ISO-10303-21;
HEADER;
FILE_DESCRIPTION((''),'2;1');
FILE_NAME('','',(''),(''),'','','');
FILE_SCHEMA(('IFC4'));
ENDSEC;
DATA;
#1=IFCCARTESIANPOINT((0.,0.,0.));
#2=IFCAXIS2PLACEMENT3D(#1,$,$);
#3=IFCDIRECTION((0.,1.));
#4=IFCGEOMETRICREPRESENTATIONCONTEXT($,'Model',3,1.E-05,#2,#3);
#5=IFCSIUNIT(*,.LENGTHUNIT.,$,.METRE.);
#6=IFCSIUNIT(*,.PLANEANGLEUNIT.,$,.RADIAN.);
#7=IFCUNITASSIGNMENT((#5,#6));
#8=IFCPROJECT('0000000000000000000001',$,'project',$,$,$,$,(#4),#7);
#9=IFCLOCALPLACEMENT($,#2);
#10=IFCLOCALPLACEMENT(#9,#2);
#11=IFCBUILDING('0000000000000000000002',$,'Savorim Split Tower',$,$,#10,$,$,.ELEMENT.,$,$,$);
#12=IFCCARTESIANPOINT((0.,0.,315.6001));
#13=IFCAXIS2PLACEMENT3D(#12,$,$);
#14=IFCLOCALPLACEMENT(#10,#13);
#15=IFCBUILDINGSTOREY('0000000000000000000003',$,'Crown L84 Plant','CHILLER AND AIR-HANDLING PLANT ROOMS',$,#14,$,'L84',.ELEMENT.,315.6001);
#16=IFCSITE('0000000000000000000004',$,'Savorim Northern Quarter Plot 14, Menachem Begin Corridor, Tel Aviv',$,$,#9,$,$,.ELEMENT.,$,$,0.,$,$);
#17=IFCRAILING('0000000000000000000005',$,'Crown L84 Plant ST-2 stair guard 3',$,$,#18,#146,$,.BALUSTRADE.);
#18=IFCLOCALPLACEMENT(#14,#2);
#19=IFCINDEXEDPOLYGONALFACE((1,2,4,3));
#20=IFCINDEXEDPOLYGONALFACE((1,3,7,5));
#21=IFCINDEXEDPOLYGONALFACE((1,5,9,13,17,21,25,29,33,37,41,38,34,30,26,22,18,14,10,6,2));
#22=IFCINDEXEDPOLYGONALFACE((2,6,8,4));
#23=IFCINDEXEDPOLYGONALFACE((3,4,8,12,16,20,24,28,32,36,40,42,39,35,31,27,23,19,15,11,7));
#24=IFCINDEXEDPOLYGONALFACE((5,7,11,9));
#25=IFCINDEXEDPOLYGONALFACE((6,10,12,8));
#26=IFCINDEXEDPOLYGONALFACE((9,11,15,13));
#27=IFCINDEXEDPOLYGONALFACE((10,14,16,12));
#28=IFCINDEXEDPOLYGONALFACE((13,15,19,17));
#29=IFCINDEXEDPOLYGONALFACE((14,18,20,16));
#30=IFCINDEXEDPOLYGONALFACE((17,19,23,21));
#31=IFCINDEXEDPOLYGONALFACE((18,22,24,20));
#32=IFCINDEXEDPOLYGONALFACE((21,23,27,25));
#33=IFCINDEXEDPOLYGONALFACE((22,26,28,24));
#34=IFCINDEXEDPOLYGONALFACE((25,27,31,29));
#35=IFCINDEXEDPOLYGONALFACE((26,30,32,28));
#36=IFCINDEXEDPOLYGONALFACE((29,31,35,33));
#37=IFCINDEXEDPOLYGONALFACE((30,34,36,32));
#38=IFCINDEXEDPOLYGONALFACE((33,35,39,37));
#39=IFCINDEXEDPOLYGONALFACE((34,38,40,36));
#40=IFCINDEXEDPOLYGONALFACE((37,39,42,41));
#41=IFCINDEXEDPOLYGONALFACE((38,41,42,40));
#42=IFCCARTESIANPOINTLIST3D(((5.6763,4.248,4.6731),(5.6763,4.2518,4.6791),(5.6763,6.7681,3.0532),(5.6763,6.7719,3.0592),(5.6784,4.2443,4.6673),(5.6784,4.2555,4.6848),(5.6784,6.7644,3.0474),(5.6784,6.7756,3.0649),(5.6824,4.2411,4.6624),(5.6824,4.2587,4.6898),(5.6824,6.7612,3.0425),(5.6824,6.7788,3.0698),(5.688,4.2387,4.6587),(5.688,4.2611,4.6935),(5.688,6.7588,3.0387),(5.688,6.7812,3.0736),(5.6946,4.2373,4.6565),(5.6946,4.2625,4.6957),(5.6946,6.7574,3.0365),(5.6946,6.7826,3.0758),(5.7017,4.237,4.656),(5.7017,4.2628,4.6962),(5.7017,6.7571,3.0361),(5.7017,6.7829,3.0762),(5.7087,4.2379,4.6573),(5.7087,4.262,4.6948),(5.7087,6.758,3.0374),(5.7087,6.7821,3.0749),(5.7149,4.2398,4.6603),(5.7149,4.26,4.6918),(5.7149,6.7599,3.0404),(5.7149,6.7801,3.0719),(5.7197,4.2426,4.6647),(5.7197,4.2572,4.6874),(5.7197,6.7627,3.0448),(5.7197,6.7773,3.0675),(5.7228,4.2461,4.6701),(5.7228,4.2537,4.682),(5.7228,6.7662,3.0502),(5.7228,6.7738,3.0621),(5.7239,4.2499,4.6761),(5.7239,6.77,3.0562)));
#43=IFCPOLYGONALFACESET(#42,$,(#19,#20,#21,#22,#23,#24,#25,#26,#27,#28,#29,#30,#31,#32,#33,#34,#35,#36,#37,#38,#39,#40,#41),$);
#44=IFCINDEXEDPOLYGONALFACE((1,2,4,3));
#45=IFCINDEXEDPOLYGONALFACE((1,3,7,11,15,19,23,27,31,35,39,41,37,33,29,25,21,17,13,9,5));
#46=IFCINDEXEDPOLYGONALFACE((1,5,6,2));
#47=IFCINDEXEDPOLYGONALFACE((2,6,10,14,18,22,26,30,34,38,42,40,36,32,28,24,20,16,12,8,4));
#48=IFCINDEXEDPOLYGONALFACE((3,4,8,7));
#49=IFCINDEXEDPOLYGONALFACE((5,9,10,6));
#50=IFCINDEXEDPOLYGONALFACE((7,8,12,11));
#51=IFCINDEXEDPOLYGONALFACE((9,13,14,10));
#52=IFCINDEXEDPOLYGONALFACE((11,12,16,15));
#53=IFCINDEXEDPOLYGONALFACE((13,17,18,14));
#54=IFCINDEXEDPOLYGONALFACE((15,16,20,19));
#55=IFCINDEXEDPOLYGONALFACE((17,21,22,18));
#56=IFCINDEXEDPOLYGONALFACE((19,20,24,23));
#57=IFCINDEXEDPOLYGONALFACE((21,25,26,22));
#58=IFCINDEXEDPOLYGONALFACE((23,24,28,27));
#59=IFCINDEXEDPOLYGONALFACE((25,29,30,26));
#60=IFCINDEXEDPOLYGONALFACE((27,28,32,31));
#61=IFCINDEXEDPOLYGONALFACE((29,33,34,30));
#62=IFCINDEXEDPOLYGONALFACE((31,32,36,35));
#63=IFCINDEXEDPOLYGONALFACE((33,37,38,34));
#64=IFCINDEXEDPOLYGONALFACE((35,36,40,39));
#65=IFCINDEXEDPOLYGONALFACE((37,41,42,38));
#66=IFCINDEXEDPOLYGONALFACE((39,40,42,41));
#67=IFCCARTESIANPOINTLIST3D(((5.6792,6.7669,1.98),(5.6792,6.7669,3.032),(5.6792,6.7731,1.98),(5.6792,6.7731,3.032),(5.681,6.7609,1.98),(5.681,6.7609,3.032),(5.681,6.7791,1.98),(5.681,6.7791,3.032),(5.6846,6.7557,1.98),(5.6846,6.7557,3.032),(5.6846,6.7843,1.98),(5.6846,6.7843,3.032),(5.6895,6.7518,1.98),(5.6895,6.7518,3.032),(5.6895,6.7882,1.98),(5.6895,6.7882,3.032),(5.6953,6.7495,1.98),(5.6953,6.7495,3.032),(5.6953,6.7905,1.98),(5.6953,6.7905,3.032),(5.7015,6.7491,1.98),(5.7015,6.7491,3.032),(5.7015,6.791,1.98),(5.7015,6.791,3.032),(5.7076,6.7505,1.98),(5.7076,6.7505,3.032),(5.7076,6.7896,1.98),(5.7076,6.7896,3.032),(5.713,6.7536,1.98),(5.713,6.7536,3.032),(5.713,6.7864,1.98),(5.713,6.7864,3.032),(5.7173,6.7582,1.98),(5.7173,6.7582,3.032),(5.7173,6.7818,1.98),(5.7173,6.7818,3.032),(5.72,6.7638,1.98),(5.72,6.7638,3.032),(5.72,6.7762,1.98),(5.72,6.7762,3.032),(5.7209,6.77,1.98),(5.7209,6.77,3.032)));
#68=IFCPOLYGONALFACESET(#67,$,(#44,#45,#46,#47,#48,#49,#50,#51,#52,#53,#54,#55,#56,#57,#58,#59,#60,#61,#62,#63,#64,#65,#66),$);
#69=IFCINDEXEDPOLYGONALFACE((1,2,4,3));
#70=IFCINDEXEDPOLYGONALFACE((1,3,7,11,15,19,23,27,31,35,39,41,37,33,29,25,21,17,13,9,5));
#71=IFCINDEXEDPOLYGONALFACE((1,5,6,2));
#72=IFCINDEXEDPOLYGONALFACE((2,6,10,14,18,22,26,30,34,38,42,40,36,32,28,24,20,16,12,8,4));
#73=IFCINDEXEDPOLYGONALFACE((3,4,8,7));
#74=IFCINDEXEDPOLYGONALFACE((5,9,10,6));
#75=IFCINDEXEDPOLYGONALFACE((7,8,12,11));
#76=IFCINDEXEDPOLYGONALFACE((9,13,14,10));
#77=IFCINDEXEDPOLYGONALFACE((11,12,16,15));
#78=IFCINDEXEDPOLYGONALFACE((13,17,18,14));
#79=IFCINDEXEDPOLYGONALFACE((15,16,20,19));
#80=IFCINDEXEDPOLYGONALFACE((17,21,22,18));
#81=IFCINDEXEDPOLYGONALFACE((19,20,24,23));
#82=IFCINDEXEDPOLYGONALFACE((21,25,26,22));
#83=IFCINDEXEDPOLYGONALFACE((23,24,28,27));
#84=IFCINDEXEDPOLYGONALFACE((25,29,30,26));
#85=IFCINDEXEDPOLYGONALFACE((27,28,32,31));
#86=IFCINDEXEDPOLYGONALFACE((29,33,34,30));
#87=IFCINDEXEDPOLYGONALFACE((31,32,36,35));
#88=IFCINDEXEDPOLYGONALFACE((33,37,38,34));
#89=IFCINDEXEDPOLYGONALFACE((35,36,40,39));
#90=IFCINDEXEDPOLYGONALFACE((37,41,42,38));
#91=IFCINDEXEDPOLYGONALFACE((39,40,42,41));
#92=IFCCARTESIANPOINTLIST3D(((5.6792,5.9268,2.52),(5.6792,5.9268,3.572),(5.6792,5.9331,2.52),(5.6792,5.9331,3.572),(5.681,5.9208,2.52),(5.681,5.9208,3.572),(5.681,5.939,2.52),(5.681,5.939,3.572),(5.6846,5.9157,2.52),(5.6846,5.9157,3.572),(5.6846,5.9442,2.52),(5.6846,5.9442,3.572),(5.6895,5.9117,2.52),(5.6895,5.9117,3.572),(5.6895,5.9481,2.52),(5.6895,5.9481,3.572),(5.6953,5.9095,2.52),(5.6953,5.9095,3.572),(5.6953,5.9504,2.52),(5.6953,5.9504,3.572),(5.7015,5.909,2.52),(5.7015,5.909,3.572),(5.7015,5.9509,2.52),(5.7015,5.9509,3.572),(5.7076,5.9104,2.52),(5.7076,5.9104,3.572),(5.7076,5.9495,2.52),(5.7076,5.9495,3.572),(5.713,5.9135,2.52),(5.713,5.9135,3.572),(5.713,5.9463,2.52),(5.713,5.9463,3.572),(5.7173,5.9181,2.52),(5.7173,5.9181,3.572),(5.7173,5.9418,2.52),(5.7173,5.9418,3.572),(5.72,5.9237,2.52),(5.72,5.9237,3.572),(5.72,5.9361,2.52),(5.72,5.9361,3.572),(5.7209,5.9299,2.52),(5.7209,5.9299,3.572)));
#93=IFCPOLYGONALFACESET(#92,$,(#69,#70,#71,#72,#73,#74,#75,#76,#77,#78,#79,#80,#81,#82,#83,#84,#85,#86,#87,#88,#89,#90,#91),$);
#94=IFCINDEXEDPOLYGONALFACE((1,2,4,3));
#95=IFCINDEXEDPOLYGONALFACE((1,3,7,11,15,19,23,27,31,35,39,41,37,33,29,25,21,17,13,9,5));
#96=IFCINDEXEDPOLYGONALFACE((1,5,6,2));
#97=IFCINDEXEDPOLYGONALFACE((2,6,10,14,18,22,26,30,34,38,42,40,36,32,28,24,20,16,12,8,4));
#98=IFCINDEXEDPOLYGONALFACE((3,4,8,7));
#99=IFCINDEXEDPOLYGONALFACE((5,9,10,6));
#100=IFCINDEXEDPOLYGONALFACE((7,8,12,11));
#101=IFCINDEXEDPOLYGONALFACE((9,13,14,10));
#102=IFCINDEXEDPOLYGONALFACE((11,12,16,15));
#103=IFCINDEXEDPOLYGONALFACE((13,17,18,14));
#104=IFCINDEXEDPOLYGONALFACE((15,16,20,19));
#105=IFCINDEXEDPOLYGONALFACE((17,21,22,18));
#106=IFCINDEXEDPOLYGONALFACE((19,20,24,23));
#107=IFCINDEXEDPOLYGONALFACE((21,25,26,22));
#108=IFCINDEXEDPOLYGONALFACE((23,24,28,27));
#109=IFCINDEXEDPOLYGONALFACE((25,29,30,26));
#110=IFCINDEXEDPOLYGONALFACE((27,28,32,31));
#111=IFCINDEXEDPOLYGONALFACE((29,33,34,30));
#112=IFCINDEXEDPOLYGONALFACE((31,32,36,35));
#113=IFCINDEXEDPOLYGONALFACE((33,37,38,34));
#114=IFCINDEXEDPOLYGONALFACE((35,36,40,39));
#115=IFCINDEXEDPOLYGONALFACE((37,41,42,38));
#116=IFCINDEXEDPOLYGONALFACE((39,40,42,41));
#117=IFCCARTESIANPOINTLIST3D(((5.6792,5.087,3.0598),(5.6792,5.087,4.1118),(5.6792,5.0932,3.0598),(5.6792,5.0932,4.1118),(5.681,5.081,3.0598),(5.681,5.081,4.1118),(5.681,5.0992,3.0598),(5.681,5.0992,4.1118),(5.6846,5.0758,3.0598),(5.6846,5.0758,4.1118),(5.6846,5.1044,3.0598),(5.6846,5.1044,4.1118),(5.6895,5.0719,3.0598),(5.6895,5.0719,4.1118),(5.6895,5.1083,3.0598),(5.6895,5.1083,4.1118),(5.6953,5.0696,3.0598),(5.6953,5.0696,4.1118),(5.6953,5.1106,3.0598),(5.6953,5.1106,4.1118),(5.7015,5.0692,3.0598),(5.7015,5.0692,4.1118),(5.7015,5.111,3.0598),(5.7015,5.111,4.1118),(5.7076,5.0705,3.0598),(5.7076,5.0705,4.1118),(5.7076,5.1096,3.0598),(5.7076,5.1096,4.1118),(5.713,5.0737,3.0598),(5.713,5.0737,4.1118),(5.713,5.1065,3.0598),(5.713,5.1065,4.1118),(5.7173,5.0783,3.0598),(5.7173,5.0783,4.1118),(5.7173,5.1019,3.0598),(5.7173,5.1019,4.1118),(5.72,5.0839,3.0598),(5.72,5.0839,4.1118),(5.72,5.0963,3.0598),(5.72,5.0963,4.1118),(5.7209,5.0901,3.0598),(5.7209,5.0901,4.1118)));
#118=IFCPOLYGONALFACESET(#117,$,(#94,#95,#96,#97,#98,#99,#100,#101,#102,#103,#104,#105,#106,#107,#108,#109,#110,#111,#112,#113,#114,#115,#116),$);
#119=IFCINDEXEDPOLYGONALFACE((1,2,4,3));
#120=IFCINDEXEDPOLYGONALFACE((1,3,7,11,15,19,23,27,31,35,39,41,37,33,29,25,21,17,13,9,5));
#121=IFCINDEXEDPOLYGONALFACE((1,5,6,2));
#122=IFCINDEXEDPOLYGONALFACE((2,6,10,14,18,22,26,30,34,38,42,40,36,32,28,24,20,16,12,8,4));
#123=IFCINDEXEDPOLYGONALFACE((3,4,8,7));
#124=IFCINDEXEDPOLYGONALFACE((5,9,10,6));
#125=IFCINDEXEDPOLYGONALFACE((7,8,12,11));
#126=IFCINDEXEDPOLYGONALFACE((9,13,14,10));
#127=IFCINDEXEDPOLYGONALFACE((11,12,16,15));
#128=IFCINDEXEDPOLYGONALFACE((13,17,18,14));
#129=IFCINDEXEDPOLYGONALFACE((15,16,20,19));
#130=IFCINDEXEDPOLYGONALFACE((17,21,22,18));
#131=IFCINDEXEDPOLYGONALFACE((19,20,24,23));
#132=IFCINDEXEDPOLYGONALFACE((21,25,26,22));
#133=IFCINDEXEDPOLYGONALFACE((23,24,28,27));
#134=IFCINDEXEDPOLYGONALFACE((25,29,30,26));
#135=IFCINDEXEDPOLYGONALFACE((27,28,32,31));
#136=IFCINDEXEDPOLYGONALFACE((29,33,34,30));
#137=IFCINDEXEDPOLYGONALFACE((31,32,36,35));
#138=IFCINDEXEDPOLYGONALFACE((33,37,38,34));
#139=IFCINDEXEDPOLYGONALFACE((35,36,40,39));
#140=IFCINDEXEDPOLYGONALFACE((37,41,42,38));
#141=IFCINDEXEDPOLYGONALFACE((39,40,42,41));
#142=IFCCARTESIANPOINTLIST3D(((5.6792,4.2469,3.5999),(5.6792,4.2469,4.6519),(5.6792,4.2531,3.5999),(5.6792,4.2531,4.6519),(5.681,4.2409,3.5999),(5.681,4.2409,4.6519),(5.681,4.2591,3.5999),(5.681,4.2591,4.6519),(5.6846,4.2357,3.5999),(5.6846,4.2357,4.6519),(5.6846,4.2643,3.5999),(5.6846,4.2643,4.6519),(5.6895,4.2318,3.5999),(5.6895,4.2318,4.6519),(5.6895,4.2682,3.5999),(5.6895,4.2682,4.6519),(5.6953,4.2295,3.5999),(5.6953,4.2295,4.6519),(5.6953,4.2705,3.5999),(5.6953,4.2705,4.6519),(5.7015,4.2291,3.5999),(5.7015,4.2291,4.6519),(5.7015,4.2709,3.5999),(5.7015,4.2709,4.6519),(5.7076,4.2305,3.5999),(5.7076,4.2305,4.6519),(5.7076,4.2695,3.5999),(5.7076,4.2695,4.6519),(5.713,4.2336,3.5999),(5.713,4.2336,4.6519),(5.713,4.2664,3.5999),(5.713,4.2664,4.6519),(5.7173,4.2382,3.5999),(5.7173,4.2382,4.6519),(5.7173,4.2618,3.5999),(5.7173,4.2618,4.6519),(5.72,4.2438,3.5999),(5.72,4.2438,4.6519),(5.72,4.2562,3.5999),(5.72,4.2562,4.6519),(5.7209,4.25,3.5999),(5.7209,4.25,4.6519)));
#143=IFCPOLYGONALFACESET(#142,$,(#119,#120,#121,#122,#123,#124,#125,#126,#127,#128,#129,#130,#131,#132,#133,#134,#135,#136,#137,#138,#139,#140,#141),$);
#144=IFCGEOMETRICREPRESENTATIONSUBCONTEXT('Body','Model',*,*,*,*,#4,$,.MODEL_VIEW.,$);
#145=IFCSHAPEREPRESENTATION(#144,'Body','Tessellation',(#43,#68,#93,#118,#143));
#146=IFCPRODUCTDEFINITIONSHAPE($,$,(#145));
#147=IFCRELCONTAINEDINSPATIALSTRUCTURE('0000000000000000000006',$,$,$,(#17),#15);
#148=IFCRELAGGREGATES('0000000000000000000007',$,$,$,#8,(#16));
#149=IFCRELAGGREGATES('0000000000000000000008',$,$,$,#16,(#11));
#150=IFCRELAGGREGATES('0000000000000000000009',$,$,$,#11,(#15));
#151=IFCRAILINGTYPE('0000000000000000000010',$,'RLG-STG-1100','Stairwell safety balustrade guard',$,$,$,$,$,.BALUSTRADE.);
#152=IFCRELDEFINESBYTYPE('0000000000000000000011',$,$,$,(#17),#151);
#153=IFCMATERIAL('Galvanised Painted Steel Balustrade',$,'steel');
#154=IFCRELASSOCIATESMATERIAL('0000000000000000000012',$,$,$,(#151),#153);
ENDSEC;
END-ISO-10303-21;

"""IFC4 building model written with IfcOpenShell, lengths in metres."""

from ifc_helpers import new_model, si_unit, direction, frame, origin, origin_2d, place, context, subcontext, project, spatial, circle, extrude, material, type_object, element, save


model = new_model("IFC4")

# Units and contexts
model_context = context("Model", 3, precision=1e-05, world=origin(), true_north=direction((0.0, 1.0)))
body_context = subcontext(model_context, "Body", "Model", "MODEL_VIEW")
ifc_project = project(units=[si_unit("LENGTHUNIT", "METRE"), si_unit("PLANEANGLEUNIT", "RADIAN")], contexts=[model_context])

# Site, building, storey
site_placement = place(None, origin())
site = spatial("IfcSite", under=ifc_project, at=site_placement, Name="Savorim Northern Quarter Plot 14, Menachem Begin Corridor, Tel Aviv", CompositionType="ELEMENT", RefElevation=0.0)
building_placement = place(site_placement, origin())
building = spatial("IfcBuilding", under=site, at=building_placement, Name="Savorim Split Tower", CompositionType="ELEMENT")
storey_placement = place(building_placement, frame((0.0, 0.0, 315.6001)))
storey = spatial("IfcBuildingStorey", under=building, at=storey_placement, Name="Crown L84 Plant", Description="CHILLER AND AIR-HANDLING PLANT ROOMS", LongName="L84", CompositionType="ELEMENT", Elevation=315.6001)

# Railing
ifc_material_1 = material(Name="Galvanised Painted Steel Balustrade", Category="steel")
railing_type_1 = type_object("IfcRailingType", Name="RLG-STG-1100", Description="Stairwell safety balustrade guard", PredefinedType="BALUSTRADE", material=ifc_material_1)
railing_1_placement = place(storey_placement, frame((5.7, 6.77, 1.98)))
element("IfcRailing", 1, at=railing_1_placement, inside=storey, type_object=railing_type_1, Name="Crown L84 Plant ST-2 stair guard 3", PredefinedType="BALUSTRADE", context=body_context, shape_type="SweptSolid", body=[
    extrude(circle(Radius=0.0239, at=origin_2d()), frame((0.0, 0.0, 1.0762), z_axis=(0.0, -0.8412, 0.540725), x_axis=(1.0, 0.0, 0.0)), (0.0, 0.0, 1.0), 2.9958),
    extrude(circle(Radius=0.021, at=origin_2d()), origin(), (0.0, 0.0, 1.0), 1.052),
    extrude(circle(Radius=0.021, at=origin_2d()), frame((0.0, -0.8401, 0.54)), (0.0, 0.0, 1.0), 1.052),
    extrude(circle(Radius=0.021, at=origin_2d()), frame((0.0, -1.6799, 1.0798)), (0.0, 0.0, 1.0), 1.052),
    extrude(circle(Radius=0.021, at=origin_2d()), frame((0.0, -2.52, 1.6199)), (0.0, 0.0, 1.0), 1.052),
])

save(model, "model.ifc")
